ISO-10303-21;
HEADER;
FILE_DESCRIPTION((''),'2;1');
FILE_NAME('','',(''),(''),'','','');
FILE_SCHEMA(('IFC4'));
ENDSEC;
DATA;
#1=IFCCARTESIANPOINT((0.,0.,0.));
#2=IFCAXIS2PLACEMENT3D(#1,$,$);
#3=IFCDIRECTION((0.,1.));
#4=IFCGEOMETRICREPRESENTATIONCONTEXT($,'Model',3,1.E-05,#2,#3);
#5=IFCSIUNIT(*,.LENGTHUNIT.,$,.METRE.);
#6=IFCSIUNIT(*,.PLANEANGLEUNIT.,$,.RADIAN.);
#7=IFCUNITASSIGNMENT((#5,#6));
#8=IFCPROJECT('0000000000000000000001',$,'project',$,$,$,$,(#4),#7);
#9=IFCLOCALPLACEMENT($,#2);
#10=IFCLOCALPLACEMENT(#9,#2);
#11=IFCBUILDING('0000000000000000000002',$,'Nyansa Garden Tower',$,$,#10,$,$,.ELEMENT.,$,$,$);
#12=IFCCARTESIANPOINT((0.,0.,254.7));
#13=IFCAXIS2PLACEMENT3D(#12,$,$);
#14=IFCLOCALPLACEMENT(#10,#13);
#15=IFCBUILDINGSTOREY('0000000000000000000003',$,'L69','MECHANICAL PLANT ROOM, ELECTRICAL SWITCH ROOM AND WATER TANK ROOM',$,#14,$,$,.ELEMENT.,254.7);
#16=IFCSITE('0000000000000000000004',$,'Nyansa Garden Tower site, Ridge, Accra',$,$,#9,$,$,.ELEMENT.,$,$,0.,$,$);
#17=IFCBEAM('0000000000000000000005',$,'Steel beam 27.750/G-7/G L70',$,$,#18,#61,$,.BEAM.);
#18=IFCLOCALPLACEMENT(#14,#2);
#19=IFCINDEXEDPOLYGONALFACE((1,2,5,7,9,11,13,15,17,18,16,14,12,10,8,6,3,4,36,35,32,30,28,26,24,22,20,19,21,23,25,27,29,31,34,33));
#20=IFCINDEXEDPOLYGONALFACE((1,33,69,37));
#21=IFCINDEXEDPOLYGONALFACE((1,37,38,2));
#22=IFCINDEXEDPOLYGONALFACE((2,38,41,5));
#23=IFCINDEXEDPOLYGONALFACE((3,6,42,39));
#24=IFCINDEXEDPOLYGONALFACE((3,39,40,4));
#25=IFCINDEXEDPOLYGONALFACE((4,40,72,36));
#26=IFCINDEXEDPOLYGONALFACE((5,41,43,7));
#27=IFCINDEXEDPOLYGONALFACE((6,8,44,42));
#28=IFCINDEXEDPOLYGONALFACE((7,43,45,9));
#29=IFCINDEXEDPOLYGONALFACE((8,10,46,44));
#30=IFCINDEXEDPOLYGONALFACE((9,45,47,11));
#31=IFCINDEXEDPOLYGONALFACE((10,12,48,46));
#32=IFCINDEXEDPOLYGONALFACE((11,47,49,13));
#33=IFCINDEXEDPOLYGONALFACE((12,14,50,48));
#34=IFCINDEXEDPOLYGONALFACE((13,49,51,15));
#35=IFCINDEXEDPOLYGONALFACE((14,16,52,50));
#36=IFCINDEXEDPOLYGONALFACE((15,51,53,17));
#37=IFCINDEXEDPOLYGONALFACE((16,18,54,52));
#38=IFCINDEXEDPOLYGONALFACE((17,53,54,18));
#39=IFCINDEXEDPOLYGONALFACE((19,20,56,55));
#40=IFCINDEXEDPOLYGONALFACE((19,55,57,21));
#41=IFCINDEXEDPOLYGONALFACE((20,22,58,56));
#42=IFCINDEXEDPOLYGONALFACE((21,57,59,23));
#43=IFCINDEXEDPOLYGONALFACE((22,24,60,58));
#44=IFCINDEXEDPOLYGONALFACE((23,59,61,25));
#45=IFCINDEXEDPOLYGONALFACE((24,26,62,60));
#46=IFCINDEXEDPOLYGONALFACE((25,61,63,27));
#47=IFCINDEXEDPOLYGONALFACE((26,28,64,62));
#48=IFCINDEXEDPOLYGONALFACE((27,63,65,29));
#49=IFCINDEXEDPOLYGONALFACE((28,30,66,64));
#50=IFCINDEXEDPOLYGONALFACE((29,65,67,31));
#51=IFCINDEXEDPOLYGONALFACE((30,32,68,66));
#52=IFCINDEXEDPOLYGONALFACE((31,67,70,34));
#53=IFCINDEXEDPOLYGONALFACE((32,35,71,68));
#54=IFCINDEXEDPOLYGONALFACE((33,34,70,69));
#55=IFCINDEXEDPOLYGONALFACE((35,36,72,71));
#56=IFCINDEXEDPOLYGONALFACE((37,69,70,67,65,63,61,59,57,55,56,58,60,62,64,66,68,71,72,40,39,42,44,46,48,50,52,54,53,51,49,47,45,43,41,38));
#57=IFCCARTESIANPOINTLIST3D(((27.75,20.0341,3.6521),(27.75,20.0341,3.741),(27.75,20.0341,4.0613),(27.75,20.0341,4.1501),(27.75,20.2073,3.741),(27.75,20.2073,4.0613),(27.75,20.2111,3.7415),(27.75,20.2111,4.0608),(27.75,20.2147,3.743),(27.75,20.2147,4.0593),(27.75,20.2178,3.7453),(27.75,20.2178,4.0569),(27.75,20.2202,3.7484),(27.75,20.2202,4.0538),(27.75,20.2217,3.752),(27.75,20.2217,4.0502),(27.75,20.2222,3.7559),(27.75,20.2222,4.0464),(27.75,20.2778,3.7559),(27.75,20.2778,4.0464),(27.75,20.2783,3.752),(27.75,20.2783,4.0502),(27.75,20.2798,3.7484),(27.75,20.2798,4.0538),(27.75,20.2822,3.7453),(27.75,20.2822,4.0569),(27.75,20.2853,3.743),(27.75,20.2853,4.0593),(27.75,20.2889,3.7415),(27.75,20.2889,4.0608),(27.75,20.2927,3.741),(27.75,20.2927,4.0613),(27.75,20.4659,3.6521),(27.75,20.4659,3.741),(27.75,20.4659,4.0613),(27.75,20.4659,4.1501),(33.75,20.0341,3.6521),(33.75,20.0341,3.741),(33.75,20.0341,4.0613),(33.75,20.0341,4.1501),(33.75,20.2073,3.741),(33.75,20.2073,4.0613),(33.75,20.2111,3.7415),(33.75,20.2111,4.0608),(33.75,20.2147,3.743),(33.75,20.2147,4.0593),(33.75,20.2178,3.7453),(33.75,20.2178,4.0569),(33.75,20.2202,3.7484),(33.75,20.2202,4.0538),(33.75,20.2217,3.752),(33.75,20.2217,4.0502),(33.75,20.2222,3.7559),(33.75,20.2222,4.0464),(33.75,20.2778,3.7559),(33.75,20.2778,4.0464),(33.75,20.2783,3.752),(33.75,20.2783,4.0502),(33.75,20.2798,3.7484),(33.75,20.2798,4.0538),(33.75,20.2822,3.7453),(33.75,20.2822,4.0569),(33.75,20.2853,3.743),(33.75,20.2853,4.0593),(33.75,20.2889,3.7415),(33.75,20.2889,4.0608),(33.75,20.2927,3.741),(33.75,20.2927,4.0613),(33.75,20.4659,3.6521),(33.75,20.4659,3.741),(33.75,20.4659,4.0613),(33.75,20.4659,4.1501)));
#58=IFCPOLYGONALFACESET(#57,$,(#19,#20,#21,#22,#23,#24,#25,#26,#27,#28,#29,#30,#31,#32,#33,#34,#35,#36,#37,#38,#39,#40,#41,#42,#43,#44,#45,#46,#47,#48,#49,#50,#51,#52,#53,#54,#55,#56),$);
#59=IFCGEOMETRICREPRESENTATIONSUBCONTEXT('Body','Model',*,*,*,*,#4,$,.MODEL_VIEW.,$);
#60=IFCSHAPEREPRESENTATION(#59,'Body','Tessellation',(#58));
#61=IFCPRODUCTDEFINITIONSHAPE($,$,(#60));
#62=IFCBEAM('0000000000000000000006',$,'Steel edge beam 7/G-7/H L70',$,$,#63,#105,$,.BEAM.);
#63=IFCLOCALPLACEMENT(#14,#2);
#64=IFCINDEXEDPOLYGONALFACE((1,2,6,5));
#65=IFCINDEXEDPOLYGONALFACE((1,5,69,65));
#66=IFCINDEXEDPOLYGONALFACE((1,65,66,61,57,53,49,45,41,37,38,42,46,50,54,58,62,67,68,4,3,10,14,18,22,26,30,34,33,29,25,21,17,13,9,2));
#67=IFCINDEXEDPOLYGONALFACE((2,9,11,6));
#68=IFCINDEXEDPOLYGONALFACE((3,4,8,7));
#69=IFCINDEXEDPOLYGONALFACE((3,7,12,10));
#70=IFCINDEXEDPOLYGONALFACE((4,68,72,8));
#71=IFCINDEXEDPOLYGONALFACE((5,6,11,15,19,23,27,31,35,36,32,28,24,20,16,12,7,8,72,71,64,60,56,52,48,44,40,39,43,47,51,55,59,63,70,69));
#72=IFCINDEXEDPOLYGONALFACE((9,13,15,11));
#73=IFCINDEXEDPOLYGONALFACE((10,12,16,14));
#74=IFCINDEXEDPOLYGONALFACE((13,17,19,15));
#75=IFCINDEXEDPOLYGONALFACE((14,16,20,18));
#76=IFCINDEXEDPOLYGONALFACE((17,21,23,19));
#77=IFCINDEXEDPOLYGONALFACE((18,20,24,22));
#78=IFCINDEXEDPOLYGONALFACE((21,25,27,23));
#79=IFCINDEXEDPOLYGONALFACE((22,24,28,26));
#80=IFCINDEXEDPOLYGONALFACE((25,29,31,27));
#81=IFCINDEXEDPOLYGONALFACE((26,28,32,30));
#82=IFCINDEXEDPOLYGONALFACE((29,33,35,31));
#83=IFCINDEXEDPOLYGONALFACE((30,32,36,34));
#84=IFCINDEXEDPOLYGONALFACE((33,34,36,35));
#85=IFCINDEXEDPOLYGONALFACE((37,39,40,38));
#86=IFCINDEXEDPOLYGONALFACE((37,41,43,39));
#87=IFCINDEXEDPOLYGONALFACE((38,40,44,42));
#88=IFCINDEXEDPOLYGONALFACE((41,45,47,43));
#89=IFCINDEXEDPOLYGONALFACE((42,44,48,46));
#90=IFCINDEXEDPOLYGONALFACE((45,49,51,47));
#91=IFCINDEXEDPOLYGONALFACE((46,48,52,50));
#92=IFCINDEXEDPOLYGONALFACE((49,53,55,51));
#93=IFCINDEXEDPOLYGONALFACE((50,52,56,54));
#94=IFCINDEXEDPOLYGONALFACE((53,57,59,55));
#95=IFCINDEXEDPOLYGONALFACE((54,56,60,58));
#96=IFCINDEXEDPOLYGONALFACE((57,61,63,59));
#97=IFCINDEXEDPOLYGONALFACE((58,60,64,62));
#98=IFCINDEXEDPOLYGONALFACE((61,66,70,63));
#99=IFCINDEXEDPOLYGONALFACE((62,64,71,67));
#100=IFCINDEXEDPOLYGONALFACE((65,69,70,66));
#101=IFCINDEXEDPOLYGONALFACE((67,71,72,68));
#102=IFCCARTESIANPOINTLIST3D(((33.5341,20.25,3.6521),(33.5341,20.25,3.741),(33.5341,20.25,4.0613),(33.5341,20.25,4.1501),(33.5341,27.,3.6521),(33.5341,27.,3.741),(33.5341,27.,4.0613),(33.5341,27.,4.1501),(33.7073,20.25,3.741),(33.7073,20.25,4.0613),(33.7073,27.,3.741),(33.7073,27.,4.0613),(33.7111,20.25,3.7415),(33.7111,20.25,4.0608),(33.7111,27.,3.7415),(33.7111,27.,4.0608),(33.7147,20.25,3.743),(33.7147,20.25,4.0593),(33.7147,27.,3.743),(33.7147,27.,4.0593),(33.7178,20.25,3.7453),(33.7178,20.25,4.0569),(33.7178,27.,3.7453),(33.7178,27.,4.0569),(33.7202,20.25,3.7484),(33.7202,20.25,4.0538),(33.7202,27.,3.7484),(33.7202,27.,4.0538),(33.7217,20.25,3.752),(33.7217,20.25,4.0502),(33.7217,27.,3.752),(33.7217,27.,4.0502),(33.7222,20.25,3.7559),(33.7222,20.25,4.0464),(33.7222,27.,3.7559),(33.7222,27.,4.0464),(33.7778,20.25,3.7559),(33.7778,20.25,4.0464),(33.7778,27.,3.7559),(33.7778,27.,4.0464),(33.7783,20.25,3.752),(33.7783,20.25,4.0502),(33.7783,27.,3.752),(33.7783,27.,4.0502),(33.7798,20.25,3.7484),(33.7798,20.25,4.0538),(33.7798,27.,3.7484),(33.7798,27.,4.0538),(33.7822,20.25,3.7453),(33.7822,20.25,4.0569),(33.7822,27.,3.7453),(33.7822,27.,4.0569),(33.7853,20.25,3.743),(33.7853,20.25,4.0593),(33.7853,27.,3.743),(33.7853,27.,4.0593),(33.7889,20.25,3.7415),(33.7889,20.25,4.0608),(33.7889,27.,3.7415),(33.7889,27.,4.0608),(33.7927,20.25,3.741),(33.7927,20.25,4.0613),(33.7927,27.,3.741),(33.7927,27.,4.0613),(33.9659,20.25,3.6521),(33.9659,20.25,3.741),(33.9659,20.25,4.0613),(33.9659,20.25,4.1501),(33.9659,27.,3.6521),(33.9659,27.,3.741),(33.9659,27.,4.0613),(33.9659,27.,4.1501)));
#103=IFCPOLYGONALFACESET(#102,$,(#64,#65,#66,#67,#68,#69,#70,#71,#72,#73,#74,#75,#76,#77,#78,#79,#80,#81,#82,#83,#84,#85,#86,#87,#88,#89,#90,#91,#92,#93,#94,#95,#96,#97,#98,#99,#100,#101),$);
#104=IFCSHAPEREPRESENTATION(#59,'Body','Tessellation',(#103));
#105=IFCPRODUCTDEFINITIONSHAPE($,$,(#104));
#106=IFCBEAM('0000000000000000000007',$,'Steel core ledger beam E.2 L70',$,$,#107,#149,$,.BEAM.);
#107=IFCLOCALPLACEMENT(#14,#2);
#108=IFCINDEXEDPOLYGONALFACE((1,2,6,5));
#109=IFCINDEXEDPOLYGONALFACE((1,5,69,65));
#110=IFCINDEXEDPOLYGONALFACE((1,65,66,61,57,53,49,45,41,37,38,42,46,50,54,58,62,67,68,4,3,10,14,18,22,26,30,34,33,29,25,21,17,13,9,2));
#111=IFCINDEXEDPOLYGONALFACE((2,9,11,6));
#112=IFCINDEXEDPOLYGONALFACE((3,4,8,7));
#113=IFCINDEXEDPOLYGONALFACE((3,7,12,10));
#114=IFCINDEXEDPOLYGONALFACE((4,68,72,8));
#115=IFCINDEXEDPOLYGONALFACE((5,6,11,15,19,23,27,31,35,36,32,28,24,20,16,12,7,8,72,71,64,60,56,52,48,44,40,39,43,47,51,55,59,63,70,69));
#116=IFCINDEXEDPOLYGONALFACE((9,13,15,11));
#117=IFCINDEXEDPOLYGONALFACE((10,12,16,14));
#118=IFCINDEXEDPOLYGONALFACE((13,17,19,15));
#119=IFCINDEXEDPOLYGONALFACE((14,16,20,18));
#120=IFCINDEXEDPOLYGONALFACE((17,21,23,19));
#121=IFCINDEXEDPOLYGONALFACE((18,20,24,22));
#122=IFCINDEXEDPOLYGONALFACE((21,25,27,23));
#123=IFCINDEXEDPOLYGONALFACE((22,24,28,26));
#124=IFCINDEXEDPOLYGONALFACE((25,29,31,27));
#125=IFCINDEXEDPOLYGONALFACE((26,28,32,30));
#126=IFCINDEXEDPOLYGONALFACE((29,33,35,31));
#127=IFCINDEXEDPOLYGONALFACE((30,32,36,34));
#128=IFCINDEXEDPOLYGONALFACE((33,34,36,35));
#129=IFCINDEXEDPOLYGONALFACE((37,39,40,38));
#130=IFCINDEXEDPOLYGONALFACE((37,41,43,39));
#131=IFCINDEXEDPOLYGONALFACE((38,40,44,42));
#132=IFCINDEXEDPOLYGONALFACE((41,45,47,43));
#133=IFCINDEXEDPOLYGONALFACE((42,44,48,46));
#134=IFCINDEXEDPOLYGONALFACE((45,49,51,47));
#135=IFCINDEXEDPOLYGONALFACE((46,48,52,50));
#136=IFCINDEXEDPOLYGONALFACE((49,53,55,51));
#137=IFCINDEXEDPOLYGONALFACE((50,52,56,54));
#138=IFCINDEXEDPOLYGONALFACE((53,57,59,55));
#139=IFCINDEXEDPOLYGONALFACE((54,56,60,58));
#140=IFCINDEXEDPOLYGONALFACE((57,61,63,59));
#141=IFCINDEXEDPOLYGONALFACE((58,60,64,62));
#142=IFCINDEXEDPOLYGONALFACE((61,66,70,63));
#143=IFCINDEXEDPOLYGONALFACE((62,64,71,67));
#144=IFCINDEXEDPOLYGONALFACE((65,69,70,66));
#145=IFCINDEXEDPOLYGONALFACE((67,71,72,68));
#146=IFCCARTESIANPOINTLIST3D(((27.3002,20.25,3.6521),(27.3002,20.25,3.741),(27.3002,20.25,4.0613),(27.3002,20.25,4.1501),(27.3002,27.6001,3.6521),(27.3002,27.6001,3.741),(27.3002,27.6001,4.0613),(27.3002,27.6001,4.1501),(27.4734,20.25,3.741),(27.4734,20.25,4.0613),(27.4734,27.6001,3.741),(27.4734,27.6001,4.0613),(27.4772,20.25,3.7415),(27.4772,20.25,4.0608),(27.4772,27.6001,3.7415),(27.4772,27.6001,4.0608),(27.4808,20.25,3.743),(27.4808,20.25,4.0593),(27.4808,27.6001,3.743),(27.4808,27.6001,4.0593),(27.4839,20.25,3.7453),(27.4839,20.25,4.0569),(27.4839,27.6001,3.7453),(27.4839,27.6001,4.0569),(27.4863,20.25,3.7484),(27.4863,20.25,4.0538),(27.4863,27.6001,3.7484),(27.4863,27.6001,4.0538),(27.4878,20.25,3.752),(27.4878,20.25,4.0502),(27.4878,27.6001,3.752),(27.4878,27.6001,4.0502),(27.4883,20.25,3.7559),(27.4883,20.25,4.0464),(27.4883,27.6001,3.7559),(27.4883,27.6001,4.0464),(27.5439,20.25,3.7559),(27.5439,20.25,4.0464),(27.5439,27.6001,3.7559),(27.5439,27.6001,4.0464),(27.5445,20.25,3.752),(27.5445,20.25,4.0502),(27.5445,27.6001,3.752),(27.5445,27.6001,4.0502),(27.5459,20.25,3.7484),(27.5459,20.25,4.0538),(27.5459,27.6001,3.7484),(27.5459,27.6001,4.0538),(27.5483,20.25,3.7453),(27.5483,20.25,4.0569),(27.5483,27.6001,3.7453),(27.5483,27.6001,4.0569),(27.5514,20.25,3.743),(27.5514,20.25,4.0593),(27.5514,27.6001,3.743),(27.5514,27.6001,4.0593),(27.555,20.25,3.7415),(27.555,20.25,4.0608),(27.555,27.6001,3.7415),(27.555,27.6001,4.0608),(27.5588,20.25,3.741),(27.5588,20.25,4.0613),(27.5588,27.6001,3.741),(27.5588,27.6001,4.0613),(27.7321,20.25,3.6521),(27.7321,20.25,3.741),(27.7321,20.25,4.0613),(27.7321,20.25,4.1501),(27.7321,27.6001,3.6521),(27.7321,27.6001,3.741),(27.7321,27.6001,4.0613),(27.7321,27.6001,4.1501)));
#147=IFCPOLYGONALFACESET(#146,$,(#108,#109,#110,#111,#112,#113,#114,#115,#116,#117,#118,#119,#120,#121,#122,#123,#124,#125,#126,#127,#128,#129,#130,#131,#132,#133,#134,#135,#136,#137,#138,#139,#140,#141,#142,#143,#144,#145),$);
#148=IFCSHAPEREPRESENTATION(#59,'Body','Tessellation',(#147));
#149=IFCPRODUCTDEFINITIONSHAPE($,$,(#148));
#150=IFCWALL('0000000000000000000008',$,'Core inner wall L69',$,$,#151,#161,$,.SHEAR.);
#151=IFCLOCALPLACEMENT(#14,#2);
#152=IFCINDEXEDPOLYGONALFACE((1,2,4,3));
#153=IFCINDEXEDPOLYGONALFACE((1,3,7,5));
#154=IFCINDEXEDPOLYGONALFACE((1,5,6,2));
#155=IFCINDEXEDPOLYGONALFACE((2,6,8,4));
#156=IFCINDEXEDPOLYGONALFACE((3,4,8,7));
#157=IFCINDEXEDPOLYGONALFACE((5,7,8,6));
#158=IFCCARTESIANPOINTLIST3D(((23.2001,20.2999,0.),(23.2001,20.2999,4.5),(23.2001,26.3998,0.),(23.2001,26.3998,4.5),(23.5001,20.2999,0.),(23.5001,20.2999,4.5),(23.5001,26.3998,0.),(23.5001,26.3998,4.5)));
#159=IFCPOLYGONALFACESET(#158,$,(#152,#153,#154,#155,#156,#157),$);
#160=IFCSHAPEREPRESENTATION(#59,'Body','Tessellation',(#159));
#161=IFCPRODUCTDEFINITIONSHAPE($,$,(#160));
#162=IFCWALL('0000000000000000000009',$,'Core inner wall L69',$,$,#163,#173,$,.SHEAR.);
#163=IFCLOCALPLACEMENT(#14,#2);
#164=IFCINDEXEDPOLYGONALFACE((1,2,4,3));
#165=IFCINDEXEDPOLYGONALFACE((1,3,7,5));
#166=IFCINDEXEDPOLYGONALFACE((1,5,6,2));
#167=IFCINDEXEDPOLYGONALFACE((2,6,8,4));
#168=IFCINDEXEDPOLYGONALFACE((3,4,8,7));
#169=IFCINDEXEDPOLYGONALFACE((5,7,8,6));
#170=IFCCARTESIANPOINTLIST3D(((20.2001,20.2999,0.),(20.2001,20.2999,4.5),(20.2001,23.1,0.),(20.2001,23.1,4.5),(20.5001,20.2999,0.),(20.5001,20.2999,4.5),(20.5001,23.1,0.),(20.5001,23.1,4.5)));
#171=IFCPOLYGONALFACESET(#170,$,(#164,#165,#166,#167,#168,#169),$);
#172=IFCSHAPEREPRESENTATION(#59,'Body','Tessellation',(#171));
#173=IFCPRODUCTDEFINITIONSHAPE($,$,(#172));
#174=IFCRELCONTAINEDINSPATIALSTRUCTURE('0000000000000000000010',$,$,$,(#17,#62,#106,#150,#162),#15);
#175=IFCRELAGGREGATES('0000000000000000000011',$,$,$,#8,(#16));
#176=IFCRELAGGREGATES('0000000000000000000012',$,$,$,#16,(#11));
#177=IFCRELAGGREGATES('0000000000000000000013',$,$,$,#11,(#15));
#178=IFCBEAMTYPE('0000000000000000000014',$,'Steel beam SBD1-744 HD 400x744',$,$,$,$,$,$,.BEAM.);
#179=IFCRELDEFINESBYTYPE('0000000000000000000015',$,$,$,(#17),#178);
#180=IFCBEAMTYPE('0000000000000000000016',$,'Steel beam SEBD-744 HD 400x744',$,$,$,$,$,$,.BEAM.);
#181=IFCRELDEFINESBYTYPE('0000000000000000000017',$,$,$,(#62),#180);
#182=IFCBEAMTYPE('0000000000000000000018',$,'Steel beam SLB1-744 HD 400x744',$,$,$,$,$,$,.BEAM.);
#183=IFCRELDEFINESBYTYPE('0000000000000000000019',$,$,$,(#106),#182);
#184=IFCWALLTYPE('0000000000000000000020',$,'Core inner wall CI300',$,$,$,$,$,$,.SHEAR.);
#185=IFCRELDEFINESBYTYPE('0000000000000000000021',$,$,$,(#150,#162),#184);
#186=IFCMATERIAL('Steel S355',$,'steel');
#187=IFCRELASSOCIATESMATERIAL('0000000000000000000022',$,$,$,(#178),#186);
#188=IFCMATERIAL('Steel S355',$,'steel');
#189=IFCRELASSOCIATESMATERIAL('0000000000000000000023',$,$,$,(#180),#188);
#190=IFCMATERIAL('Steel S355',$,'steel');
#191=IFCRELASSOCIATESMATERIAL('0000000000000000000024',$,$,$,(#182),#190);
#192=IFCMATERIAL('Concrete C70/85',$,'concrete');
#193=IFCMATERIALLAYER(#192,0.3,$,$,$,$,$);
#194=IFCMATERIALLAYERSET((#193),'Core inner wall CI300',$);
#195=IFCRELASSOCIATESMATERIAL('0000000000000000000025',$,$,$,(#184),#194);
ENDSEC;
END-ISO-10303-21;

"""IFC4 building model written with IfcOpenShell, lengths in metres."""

from ifc_helpers import new_model, si_unit, direction, frame, frame_2d, origin, origin_2d, place, context, subcontext, project, spatial, rectangle, i_section, extrude, material, layer, layer_set, material_profile, profile_set, type_object, element, save


model = new_model("IFC4")

# Units and contexts
model_context = context("Model", 3, precision=1e-05, world=origin(), true_north=direction((0.0, 1.0)))
body_context = subcontext(model_context, "Body", "Model", "MODEL_VIEW")
ifc_project = project(units=[si_unit("LENGTHUNIT", "METRE"), si_unit("PLANEANGLEUNIT", "RADIAN")], contexts=[model_context])

# Site, building, storey
site_placement = place(None, origin())
site = spatial("IfcSite", under=ifc_project, at=site_placement, Name="Nyansa Garden Tower site, Ridge, Accra", CompositionType="ELEMENT", RefElevation=0.0)
building_placement = place(site_placement, origin())
building = spatial("IfcBuilding", under=site, at=building_placement, Name="Nyansa Garden Tower", CompositionType="ELEMENT")
storey_placement = place(building_placement, frame((0.0, 0.0, 254.7)))
storey = spatial("IfcBuildingStorey", under=building, at=storey_placement, Name="L69", Description="MECHANICAL PLANT ROOM, ELECTRICAL SWITCH ROOM AND WATER TANK ROOM", CompositionType="ELEMENT", Elevation=254.7)

# Beams
ifc_material_1 = material(Name="Steel S355", Category="steel")
ifc_material_profile_1 = material_profile(ifc_material_1, i_section(OverallWidth=0.4319, OverallDepth=0.498, WebThickness=0.0557, FlangeThickness=0.0889, FilletRadius=0.0149, at=origin_2d()), Name="HD 400x744")
ifc_profile_set_1 = profile_set([ifc_material_profile_1], Name="Steel S355")
beam_type_1 = type_object("IfcBeamType", Name="Steel beam SBD1-744 HD 400x744", PredefinedType="BEAM", material=ifc_profile_set_1)
beam_1_placement = place(storey_placement, frame((27.75, 20.25, 3.9011), z_axis=(1.0, 0.0, 0.0), x_axis=(0.0, 1.0, 0.0)))
element("IfcBeam", 1, at=beam_1_placement, inside=storey, type_object=beam_type_1, Name="Steel beam 27.750/G-7/G L70", PredefinedType="BEAM", context=body_context, shape_type="SweptSolid", body=[
    extrude(i_section(OverallWidth=0.4319, OverallDepth=0.498, WebThickness=0.0557, FlangeThickness=0.0889, FilletRadius=0.0149, at=origin_2d()), origin(), (0.0, 0.0, 1.0), 6.0),
])
ifc_material_2 = material(Name="Steel S355", Category="steel")
ifc_material_profile_2 = material_profile(ifc_material_2, i_section(OverallWidth=0.4319, OverallDepth=0.498, WebThickness=0.0557, FlangeThickness=0.0889, FilletRadius=0.0149, at=origin_2d()), Name="HD 400x744")
ifc_profile_set_2 = profile_set([ifc_material_profile_2], Name="Steel S355")
beam_type_2 = type_object("IfcBeamType", Name="Steel beam SEBD-744 HD 400x744", PredefinedType="BEAM", material=ifc_profile_set_2)
beam_2_placement = place(storey_placement, frame((33.75, 20.25, 3.9011), z_axis=(0.0, 1.0, 0.0), x_axis=(-1.0, 0.0, 0.0)))
element("IfcBeam", 2, at=beam_2_placement, inside=storey, type_object=beam_type_2, Name="Steel edge beam 7/G-7/H L70", PredefinedType="BEAM", context=body_context, shape_type="SweptSolid", body=[
    extrude(i_section(OverallWidth=0.4319, OverallDepth=0.498, WebThickness=0.0557, FlangeThickness=0.0889, FilletRadius=0.0149, at=origin_2d()), origin(), (0.0, 0.0, 1.0), 6.75),
])
ifc_material_3 = material(Name="Steel S355", Category="steel")
ifc_material_profile_3 = material_profile(ifc_material_3, i_section(OverallWidth=0.4319, OverallDepth=0.498, WebThickness=0.0557, FlangeThickness=0.0889, FilletRadius=0.0149, at=origin_2d()), Name="HD 400x744")
ifc_profile_set_3 = profile_set([ifc_material_profile_3], Name="Steel S355")
beam_type_3 = type_object("IfcBeamType", Name="Steel beam SLB1-744 HD 400x744", PredefinedType="BEAM", material=ifc_profile_set_3)
beam_3_placement = place(storey_placement, frame((27.5161, 20.25, 3.9011), z_axis=(0.0, 1.0, 0.0), x_axis=(-1.0, 0.0, 0.0)))
element("IfcBeam", 3, at=beam_3_placement, inside=storey, type_object=beam_type_3, Name="Steel core ledger beam E.2 L70", PredefinedType="BEAM", context=body_context, shape_type="SweptSolid", body=[
    extrude(i_section(OverallWidth=0.4319, OverallDepth=0.498, WebThickness=0.0557, FlangeThickness=0.0889, FilletRadius=0.0149, at=origin_2d()), origin(), (0.0, 0.0, 1.0), 7.3501),
])

# Walls
ifc_material_4 = material(Name="Concrete C70/85", Category="concrete")
ifc_layer_1 = layer(ifc_material_4, 0.3)
ifc_layer_set_1 = layer_set([ifc_layer_1], Name="Core inner wall CI300")
wall_type_1 = type_object("IfcWallType", Name="Core inner wall CI300", PredefinedType="SHEAR", material=ifc_layer_set_1)
wall_1_placement = place(storey_placement, frame((23.3501, 20.3, 0.0), z_axis=(0.0, 0.0, 1.0), x_axis=(0.0, 1.0, 0.0)))
element("IfcWall", 4, at=wall_1_placement, inside=storey, type_object=wall_type_1, Name="Core inner wall L69", PredefinedType="SHEAR", context=body_context, shape_type="SweptSolid", body=[
    extrude(rectangle(XDim=6.0999, YDim=0.3, at=frame_2d((3.0498, 0.0))), origin(), (0.0, 0.0, 1.0), 4.5),
])
wall_2_placement = place(storey_placement, frame((20.3501, 20.3, 0.0), z_axis=(0.0, 0.0, 1.0), x_axis=(0.0, 1.0, 0.0)))
element("IfcWall", 5, at=wall_2_placement, inside=storey, type_object=wall_type_1, Name="Core inner wall L69", PredefinedType="SHEAR", context=body_context, shape_type="SweptSolid", body=[
    extrude(rectangle(XDim=2.8, YDim=0.3, at=frame_2d((1.3999, 0.0))), origin(), (0.0, 0.0, 1.0), 4.5),
])

save(model, "model.ifc")
